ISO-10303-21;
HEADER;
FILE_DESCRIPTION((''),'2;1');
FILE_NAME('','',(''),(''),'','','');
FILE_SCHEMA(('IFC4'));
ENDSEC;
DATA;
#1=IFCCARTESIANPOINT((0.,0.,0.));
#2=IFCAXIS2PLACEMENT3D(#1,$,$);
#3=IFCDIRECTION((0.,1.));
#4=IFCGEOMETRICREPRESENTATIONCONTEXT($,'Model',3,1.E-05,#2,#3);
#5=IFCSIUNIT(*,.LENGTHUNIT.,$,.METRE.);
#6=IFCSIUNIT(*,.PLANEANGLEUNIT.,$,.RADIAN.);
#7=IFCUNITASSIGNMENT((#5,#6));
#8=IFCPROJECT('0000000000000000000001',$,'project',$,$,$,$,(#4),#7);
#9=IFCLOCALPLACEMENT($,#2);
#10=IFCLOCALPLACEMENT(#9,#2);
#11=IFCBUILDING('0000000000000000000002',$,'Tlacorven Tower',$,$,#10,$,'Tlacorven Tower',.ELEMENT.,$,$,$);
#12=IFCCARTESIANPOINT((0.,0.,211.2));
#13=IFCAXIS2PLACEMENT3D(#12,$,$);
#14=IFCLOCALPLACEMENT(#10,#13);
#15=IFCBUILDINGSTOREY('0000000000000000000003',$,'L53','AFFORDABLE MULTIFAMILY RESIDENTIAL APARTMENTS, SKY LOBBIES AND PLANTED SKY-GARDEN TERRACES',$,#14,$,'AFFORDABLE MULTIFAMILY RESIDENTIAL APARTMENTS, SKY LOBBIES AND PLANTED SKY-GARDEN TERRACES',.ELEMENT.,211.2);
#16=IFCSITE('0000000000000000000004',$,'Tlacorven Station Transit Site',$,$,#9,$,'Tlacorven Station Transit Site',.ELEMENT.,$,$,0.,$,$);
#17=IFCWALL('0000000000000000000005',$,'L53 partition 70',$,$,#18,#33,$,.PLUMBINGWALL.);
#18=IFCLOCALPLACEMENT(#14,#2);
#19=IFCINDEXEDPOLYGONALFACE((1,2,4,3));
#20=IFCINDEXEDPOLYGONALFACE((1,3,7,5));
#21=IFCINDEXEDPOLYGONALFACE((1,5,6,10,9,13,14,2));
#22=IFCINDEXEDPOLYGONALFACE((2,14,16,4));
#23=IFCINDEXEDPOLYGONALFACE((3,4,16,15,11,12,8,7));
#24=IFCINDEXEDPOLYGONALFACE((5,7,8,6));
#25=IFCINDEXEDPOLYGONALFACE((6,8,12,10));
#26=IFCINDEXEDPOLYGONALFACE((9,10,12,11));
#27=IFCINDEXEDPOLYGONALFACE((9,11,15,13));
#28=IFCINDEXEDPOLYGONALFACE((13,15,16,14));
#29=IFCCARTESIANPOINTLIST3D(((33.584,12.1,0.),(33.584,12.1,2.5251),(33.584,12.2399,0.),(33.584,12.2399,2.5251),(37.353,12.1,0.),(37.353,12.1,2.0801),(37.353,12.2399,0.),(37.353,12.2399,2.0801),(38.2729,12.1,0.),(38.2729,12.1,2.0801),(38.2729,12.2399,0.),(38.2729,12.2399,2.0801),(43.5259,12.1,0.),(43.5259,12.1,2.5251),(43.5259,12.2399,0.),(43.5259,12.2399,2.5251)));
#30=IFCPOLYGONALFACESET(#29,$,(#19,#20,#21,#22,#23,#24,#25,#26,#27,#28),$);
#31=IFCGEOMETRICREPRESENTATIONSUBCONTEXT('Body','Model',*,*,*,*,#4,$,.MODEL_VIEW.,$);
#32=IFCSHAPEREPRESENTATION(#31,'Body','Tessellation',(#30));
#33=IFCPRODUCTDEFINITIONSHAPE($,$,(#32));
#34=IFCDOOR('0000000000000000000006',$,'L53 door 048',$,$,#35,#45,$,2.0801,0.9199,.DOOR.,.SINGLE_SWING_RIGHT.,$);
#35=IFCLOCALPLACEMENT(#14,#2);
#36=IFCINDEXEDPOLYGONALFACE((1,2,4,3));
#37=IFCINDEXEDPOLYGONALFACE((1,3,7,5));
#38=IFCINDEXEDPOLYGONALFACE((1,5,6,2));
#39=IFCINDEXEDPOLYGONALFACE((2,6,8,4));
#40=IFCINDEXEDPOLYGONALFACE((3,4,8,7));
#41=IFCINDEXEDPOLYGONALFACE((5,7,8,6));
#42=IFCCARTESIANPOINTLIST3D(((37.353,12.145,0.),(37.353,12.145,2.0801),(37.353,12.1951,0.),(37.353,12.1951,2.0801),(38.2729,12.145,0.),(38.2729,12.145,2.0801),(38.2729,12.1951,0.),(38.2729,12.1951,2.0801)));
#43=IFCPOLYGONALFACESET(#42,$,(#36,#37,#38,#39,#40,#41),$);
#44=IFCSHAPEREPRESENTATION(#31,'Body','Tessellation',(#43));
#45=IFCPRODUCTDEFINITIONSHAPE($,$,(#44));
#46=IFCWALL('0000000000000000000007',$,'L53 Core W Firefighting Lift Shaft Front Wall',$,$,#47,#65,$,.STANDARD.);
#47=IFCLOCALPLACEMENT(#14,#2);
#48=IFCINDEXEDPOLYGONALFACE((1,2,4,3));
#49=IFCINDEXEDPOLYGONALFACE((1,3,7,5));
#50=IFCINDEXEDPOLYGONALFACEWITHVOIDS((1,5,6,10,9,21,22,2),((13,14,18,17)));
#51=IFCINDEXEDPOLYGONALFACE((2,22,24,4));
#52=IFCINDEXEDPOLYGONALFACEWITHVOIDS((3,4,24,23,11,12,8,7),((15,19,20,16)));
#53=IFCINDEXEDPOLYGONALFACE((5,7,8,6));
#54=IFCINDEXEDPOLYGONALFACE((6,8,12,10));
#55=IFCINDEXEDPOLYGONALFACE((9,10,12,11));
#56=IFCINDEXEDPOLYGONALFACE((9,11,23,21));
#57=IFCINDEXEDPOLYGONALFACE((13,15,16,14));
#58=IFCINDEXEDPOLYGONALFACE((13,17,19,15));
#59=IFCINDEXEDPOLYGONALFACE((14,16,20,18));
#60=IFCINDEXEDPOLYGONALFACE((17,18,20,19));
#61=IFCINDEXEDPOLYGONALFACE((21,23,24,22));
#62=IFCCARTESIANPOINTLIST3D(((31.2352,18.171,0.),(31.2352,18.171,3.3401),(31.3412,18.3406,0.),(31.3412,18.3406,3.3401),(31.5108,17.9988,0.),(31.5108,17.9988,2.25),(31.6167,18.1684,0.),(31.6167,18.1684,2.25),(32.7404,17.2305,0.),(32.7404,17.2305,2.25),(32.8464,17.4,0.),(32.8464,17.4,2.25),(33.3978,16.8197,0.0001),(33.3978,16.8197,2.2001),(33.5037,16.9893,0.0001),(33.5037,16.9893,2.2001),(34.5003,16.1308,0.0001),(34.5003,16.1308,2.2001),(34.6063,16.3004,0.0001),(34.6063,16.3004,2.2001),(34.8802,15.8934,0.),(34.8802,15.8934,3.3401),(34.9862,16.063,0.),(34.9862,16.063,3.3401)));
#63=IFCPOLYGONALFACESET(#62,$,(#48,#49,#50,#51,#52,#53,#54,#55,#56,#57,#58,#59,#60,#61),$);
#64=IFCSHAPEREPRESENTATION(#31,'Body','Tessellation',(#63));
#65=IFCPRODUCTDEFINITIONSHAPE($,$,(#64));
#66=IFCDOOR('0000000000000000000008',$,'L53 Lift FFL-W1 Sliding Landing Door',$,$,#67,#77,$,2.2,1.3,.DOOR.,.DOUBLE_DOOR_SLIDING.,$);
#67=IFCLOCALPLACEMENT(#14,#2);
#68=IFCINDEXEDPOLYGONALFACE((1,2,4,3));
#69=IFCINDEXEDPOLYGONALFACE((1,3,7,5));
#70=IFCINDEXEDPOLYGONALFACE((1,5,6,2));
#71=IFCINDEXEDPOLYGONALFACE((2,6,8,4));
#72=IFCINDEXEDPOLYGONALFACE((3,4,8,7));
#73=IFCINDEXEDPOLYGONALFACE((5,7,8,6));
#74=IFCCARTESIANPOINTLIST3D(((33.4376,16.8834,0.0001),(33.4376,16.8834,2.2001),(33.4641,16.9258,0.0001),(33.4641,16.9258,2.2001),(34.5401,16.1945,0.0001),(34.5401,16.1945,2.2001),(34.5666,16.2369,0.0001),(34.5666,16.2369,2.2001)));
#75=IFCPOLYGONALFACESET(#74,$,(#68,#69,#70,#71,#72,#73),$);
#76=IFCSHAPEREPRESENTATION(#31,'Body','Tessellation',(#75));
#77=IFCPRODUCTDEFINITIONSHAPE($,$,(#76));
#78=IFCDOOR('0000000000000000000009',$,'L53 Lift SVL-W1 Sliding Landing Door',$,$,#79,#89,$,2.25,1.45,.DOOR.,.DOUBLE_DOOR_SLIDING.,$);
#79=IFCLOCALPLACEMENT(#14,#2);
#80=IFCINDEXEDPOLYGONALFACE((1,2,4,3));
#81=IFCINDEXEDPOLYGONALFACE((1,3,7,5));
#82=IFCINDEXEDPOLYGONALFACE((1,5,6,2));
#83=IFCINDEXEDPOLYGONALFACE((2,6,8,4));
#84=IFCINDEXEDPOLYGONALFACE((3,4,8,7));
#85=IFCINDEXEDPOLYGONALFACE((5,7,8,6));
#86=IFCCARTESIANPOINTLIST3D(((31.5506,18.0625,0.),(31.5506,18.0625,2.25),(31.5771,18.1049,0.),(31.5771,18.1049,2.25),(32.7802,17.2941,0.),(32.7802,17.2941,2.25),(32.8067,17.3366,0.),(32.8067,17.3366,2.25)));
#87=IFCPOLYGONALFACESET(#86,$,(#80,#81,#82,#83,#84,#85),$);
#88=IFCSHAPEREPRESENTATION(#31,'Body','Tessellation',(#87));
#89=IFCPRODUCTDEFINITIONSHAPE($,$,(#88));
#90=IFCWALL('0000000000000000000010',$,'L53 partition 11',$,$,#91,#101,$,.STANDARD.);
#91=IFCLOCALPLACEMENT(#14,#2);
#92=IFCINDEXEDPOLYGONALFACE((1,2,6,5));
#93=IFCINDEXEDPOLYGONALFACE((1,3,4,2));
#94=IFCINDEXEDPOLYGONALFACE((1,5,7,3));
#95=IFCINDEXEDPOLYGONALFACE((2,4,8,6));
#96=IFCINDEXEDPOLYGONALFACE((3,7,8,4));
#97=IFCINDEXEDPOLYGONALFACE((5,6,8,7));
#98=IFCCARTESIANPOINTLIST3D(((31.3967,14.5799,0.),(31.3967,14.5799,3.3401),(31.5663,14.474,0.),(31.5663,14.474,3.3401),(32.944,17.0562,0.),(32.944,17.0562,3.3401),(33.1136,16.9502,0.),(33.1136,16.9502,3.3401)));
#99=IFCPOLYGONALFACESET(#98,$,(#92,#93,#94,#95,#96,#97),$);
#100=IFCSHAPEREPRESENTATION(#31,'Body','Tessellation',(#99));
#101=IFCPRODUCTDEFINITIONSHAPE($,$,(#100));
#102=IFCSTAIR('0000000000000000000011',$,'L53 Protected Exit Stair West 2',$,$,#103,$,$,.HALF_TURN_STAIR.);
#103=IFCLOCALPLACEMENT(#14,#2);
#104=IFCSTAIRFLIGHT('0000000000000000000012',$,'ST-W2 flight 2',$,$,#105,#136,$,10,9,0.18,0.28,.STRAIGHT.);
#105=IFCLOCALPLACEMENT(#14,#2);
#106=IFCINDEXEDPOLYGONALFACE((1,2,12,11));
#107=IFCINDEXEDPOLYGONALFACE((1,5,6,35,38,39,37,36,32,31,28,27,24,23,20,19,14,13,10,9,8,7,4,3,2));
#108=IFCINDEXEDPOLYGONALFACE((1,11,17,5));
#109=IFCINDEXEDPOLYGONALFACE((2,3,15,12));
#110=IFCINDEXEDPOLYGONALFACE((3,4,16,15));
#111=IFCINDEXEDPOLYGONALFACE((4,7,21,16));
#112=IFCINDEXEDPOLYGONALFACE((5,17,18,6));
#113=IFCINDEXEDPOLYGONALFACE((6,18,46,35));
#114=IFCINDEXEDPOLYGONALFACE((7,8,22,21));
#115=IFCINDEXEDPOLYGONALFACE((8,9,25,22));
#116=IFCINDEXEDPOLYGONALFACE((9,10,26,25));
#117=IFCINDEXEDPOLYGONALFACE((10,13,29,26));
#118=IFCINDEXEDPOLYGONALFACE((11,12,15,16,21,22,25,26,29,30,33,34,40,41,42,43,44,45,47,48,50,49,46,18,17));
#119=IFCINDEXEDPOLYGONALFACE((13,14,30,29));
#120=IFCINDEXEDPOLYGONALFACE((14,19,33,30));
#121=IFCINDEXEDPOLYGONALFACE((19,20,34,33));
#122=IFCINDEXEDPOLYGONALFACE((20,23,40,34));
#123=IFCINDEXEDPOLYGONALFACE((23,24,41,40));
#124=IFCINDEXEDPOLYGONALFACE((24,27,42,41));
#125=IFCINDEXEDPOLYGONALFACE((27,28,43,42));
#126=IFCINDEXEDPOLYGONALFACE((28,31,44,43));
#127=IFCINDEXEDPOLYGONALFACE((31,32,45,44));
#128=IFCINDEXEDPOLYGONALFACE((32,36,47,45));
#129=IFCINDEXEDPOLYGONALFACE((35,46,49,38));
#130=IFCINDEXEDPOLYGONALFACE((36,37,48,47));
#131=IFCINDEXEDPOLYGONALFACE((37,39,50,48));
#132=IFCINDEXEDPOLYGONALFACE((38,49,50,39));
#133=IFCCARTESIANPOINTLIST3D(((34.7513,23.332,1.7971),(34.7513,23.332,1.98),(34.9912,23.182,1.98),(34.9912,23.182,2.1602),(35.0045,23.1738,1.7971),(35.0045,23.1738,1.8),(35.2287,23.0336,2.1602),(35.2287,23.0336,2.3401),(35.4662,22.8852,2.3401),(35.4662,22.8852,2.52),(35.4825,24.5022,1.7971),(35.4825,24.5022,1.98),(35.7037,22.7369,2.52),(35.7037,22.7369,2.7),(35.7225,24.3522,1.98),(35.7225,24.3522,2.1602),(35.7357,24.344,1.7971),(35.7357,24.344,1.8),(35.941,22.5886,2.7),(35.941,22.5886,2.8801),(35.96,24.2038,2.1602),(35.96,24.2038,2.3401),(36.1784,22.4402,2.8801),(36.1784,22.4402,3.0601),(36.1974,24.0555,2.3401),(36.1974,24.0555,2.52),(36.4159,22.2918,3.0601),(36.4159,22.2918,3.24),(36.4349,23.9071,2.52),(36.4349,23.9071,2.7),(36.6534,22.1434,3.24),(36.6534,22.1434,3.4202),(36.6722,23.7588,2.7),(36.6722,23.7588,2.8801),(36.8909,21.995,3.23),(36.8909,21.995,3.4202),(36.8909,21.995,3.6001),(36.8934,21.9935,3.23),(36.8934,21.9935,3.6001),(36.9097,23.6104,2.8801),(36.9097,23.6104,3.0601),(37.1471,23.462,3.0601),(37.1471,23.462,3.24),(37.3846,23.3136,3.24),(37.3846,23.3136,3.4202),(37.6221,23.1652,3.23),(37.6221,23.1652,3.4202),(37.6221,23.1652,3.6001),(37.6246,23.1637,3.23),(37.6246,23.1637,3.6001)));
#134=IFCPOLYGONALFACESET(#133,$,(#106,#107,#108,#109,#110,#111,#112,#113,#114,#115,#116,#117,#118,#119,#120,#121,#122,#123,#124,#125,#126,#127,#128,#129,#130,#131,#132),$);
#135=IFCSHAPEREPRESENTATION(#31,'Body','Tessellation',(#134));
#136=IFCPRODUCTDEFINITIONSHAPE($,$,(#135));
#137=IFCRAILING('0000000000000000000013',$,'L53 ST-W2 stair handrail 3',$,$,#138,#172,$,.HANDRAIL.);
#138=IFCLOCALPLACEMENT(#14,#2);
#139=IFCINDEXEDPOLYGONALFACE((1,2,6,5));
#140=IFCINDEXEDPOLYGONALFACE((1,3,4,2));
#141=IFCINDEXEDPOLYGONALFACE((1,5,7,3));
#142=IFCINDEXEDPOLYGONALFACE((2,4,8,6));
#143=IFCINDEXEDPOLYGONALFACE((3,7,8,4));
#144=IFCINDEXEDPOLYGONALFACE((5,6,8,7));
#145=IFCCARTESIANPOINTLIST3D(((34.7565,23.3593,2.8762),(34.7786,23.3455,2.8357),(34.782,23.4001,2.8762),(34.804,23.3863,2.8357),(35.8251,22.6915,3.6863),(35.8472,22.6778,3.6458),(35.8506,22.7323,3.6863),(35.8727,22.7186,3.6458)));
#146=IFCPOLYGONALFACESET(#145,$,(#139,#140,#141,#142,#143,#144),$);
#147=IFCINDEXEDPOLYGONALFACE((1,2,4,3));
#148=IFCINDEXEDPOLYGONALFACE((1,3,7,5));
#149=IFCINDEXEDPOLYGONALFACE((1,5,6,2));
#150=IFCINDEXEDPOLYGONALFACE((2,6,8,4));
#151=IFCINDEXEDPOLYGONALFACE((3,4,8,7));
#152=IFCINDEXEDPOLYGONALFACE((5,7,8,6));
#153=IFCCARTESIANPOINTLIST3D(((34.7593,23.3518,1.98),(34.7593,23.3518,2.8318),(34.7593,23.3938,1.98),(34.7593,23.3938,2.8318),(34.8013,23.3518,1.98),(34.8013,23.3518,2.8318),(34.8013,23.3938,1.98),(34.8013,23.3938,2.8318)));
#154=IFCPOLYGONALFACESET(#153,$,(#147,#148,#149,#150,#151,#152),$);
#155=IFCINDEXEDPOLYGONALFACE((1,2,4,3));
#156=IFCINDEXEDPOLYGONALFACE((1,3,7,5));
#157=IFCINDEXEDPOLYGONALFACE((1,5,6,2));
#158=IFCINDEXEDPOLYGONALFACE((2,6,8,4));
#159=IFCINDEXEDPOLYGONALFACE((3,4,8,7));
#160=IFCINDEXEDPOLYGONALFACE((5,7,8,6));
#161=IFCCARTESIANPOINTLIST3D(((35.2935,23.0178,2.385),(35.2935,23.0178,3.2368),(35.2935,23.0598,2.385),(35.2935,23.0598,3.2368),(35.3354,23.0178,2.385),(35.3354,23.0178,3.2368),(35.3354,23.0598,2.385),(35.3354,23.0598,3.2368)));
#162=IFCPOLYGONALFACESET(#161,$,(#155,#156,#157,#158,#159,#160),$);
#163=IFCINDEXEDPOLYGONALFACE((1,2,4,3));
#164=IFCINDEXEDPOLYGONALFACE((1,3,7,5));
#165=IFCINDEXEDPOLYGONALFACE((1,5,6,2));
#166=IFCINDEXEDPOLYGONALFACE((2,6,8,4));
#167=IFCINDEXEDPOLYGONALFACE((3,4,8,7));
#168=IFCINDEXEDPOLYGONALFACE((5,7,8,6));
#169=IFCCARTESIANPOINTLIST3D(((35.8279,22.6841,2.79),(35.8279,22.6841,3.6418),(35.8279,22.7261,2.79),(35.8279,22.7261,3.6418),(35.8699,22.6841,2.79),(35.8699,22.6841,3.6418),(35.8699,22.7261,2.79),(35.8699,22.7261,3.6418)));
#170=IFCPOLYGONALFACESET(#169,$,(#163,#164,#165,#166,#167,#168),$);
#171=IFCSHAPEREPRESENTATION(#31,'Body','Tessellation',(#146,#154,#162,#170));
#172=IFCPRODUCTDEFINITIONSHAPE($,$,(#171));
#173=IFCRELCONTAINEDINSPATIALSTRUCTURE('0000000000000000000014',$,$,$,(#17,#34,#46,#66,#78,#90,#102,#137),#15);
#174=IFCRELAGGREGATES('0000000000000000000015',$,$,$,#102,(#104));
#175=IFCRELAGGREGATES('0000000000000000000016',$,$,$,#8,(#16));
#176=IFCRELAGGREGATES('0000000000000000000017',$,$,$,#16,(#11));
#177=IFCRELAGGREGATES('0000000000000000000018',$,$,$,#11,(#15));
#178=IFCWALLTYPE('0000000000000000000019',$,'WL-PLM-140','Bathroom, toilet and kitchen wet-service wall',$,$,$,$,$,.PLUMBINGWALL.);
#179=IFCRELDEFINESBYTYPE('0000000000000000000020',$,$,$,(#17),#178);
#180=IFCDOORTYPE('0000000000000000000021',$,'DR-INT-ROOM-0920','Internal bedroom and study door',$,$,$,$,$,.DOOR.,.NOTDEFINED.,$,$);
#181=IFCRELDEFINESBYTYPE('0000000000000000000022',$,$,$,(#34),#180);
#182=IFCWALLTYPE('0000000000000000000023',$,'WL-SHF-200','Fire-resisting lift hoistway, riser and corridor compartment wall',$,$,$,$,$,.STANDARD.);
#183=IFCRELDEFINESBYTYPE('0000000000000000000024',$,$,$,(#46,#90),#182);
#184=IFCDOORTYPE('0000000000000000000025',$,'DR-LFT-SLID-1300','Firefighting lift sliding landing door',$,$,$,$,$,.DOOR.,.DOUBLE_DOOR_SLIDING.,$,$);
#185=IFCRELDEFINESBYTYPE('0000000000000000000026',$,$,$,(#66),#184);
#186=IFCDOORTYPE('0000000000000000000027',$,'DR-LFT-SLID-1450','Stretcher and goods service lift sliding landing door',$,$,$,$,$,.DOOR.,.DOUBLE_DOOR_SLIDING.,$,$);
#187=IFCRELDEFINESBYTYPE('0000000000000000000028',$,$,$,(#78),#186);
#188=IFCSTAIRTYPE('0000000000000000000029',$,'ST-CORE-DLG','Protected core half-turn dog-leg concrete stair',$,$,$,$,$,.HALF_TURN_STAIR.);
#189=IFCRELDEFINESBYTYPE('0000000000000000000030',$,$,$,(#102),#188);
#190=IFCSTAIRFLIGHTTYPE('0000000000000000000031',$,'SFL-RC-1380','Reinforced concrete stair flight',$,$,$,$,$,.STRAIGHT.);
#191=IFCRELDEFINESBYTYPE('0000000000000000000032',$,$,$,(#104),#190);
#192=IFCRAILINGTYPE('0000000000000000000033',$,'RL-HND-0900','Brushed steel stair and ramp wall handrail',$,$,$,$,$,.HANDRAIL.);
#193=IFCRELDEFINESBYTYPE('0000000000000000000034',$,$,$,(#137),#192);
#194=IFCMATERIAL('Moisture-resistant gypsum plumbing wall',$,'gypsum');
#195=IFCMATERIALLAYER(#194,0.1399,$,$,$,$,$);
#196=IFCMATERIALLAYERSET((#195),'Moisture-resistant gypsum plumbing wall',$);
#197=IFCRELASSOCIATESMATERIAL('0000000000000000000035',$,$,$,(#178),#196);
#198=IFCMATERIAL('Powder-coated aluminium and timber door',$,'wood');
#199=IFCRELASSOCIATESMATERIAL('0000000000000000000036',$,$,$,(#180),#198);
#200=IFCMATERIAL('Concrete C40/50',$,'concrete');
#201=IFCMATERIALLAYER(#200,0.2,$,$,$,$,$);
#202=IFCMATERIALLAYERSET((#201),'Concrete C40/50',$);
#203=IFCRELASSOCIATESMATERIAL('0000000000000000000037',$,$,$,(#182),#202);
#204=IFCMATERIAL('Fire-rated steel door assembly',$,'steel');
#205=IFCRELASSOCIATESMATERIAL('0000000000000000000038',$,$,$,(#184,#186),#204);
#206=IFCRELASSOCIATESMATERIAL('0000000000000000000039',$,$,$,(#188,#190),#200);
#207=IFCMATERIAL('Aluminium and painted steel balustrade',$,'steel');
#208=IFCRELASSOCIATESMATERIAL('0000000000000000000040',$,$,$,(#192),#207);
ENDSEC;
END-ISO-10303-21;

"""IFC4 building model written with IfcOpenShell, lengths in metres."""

from ifc_helpers import new_model, si_unit, direction, frame, frame_2d, origin, origin_2d, place, context, subcontext, project, spatial, polyline, rectangle, outline, extrude, source, transform, mapped, material, layer, layer_set, type_object, element, fill, aggregate, save


model = new_model("IFC4")

# Units and contexts
model_context = context("Model", 3, precision=1e-05, world=origin(), true_north=direction((0.0, 1.0)))
body_context = subcontext(model_context, "Body", "Model", "MODEL_VIEW")
ifc_project = project(units=[si_unit("LENGTHUNIT", "METRE"), si_unit("PLANEANGLEUNIT", "RADIAN")], contexts=[model_context])

# Site, building, storey
site_placement = place(None, origin())
site = spatial("IfcSite", under=ifc_project, at=site_placement, Name="Tlacorven Station Transit Site", LongName="Tlacorven Station Transit Site", CompositionType="ELEMENT", RefElevation=0.0)
building_placement = place(site_placement, origin())
building = spatial("IfcBuilding", under=site, at=building_placement, Name="Tlacorven Tower", LongName="Tlacorven Tower", CompositionType="ELEMENT")
storey_placement = place(building_placement, frame((0.0, 0.0, 211.2)))
storey = spatial("IfcBuildingStorey", under=building, at=storey_placement, Name="L53", Description="AFFORDABLE MULTIFAMILY RESIDENTIAL APARTMENTS, SKY LOBBIES AND PLANTED SKY-GARDEN TERRACES", LongName="AFFORDABLE MULTIFAMILY RESIDENTIAL APARTMENTS, SKY LOBBIES AND PLANTED SKY-GARDEN TERRACES", CompositionType="ELEMENT", Elevation=211.2)

# Shared definitions
ifc_material_1 = material(Name="Powder-coated aluminium and timber door", Category="wood")

# Wall, opening, door
ifc_material_2 = material(Name="Moisture-resistant gypsum plumbing wall", Category="gypsum")
ifc_layer_1 = layer(ifc_material_2, 0.1399)
ifc_layer_set_1 = layer_set([ifc_layer_1], Name="Moisture-resistant gypsum plumbing wall")
wall_type_1 = type_object("IfcWallType", Name="WL-PLM-140", Description="Bathroom, toilet and kitchen wet-service wall", PredefinedType="PLUMBINGWALL", material=ifc_layer_set_1)
wall_1_placement = place(storey_placement, frame((33.584, 12.1699, 0.0), z_axis=(0.0, 0.0, 1.0), x_axis=(1.0, 0.0, 0.0)))
wall_1 = element("IfcWall", 1, at=wall_1_placement, inside=storey, type_object=wall_type_1, Name="L53 partition 70", PredefinedType="PLUMBINGWALL", context=body_context, shape_type="SweptSolid", body=[
    extrude(rectangle(XDim=9.9419, YDim=0.1399, at=frame_2d((4.9709, 0.0))), origin(), (0.0, 0.0, 1.0), 2.5251),
])
opening_1_placement = place(wall_1_placement, frame((3.769, 0.0, 0.0)))
opening_1 = element("IfcOpeningElement", 2, at=opening_1_placement, cuts=wall_1, PredefinedType="OPENING", context=body_context, shape_type="SweptSolid", body=[
    extrude(rectangle(XDim=0.9199, YDim=2.0801, at=frame_2d((0.46, 1.04))), frame((0.0, 0.0801, 0.0), z_axis=(0.0, -1.0, 0.0), x_axis=(1.0, 0.0, 0.0)), (0.0, 0.0, 1.0), 0.1599),
])
door_type_1 = type_object("IfcDoorType", Name="DR-INT-ROOM-0920", Description="Internal bedroom and study door", OperationType="NOTDEFINED", PredefinedType="DOOR", material=ifc_material_1)
shared_shape_1 = source(origin(), body_context, "Body", "SweptSolid", [
    extrude(rectangle(XDim=0.9199, YDim=2.0801, at=frame_2d((0.46, 1.04))), frame((0.0, 0.0249, 0.0), z_axis=(0.0, -1.0, 0.0), x_axis=(1.0, 0.0, 0.0)), (0.0, 0.0, 1.0), 0.05),
])
door_1_placement = place(opening_1_placement, frame((0.9199, 0.0, 0.0), z_axis=(0.0, 0.0, 1.0), x_axis=(-1.0, 0.0, 0.0)))
door_1 = element("IfcDoor", 3, at=door_1_placement, inside=storey, type_object=door_type_1, Name="L53 door 048", OperationType="SINGLE_SWING_RIGHT", OverallHeight=2.0801, OverallWidth=0.9199, PredefinedType="DOOR", context=body_context, shape_type="MappedRepresentation", body=[
    mapped(shared_shape_1, transform((0.0, 0.0, 0.0), scale=1.0)),
])
fill(opening_1, door_1)

# Wall, openings, doors
ifc_material_3 = material(Name="Concrete C40/50", Category="concrete")
ifc_layer_2 = layer(ifc_material_3, 0.2)
ifc_layer_set_2 = layer_set([ifc_layer_2], Name="Concrete C40/50")
wall_type_2 = type_object("IfcWallType", Name="WL-SHF-200", Description="Fire-resisting lift hoistway, riser and corridor compartment wall", PredefinedType="STANDARD", material=ifc_layer_set_2)
wall_2_placement = place(storey_placement, frame((34.9331, 15.9783, 0.0), z_axis=(0.0, 0.0, 1.0), x_axis=(-0.848056, 0.529907, 0.0)))
wall_2 = element("IfcWall", 4, at=wall_2_placement, inside=storey, type_object=wall_type_2, Name="L53 Core W Firefighting Lift Shaft Front Wall", PredefinedType="STANDARD", context=body_context, shape_type="SweptSolid", body=[
    extrude(rectangle(XDim=4.2981, YDim=0.2, at=frame_2d((2.1489, 0.0))), origin(), (0.0, 0.0, 1.0), 3.3401),
])
opening_2_placement = place(wall_2_placement, frame((0.448, 0.0, 0.0)))
opening_2 = element("IfcOpeningElement", 5, at=opening_2_placement, cuts=wall_2, PredefinedType="OPENING", context=body_context, shape_type="SweptSolid", body=[
    extrude(rectangle(XDim=1.3, YDim=2.2, at=frame_2d((0.6499, 1.1001))), frame((0.0, 0.1099, 0.0), z_axis=(0.0, -1.0, 0.0), x_axis=(1.0, 0.0, 0.0)), (0.0, 0.0, 1.0), 0.22),
])
opening_3_placement = place(wall_2_placement, frame((2.5229, 0.0, 0.0)))
opening_3 = element("IfcOpeningElement", 6, at=opening_3_placement, cuts=wall_2, PredefinedType="OPENING", context=body_context, shape_type="SweptSolid", body=[
    extrude(rectangle(XDim=1.45, YDim=2.25, at=frame_2d((0.7251, 1.125))), frame((0.0, 0.1099, 0.0), z_axis=(0.0, -1.0, 0.0), x_axis=(1.0, 0.0, 0.0)), (0.0, 0.0, 1.0), 0.22),
])
ifc_material_4 = material(Name="Fire-rated steel door assembly", Category="steel")
door_type_2 = type_object("IfcDoorType", Name="DR-LFT-SLID-1300", Description="Firefighting lift sliding landing door", OperationType="DOUBLE_DOOR_SLIDING", PredefinedType="DOOR", material=ifc_material_4)
shared_shape_2 = source(origin(), body_context, "Body", "SweptSolid", [
    extrude(rectangle(XDim=1.3, YDim=2.2, at=frame_2d((0.6499, 1.1001))), frame((0.0, 0.0249, 0.0), z_axis=(0.0, -1.0, 0.0), x_axis=(1.0, 0.0, 0.0)), (0.0, 0.0, 1.0), 0.05),
])
door_2_placement = place(opening_2_placement, origin())
door_2 = element("IfcDoor", 7, at=door_2_placement, inside=storey, type_object=door_type_2, Name="L53 Lift FFL-W1 Sliding Landing Door", OperationType="DOUBLE_DOOR_SLIDING", OverallHeight=2.2, OverallWidth=1.3, PredefinedType="DOOR", context=body_context, shape_type="MappedRepresentation", body=[
    mapped(shared_shape_2, transform((0.0, 0.0, 0.0), scale=1.0)),
])
fill(opening_2, door_2)
door_type_3 = type_object("IfcDoorType", Name="DR-LFT-SLID-1450", Description="Stretcher and goods service lift sliding landing door", OperationType="DOUBLE_DOOR_SLIDING", PredefinedType="DOOR", material=ifc_material_4)
shared_shape_3 = source(origin(), body_context, "Body", "SweptSolid", [
    extrude(rectangle(XDim=1.45, YDim=2.25, at=frame_2d((0.7251, 1.125))), frame((0.0, 0.0249, 0.0), z_axis=(0.0, -1.0, 0.0), x_axis=(1.0, 0.0, 0.0)), (0.0, 0.0, 1.0), 0.05),
])
door_3_placement = place(opening_3_placement, origin())
door_3 = element("IfcDoor", 8, at=door_3_placement, inside=storey, type_object=door_type_3, Name="L53 Lift SVL-W1 Sliding Landing Door", OperationType="DOUBLE_DOOR_SLIDING", OverallHeight=2.25, OverallWidth=1.45, PredefinedType="DOOR", context=body_context, shape_type="MappedRepresentation", body=[
    mapped(shared_shape_3, transform((0.0, 0.0, 0.0), scale=1.0)),
])
fill(opening_3, door_3)

# Wall
wall_3_placement = place(storey_placement, frame((33.0288, 17.0032, 0.0), z_axis=(0.0, 0.0, 1.0), x_axis=(-0.529916, -0.84805, 0.0)))
element("IfcWall", 9, at=wall_3_placement, inside=storey, type_object=wall_type_2, Name="L53 partition 11", PredefinedType="STANDARD", context=body_context, shape_type="SweptSolid", body=[
    extrude(rectangle(XDim=2.9199, YDim=0.2, at=frame_2d((1.46, 0.0))), origin(), (0.0, 0.0, 1.0), 3.3401),
])

# Stair, stair flight
stair_type = type_object("IfcStairType", Name="ST-CORE-DLG", Description="Protected core half-turn dog-leg concrete stair", PredefinedType="HALF_TURN_STAIR", material=ifc_material_3)
stair_placement = place(storey_placement, origin())
stair = element("IfcStair", 10, at=stair_placement, inside=storey, type_object=stair_type, Name="L53 Protected Exit Stair West 2", PredefinedType="HALF_TURN_STAIR")
stair_flight_type = type_object("IfcStairFlightType", Name="SFL-RC-1380", Description="Reinforced concrete stair flight", PredefinedType="STRAIGHT", material=ifc_material_3)
shared_shape_4 = source(origin(), body_context, "Body", "SweptSolid", [
    extrude(outline(polyline([(-0.0029, -0.0029), (-0.0029, 0.1799), (0.28, 0.1799), (0.28, 0.3601), (0.5601, 0.3601), (0.5601, 0.54), (0.8401, 0.54), (0.8401, 0.72), (1.1201, 0.72), (1.1201, 0.8999), (1.3999, 0.8999), (1.3999, 1.0801), (1.6799, 1.0801), (1.6799, 1.26), (1.96, 1.26), (1.96, 1.4399), (2.24, 1.4399), (2.24, 1.6201), (2.52, 1.6201), (2.52, 1.8), (2.5229, 1.8), (2.5229, 1.4299), (2.52, 1.4299), (0.2957, 0.0), (0.2957, -0.0029), (-0.0029, -0.0029)])), frame((0.0, 0.6899, 0.0), z_axis=(0.0, -1.0, 0.0), x_axis=(1.0, 0.0, 0.0)), (0.0, 0.0, 1.0), 1.3799),
])
stair_flight_placement = place(storey_placement, frame((35.1194, 23.9155, 1.8), z_axis=(0.0, 0.0, 1.0), x_axis=(0.848048, -0.529919, 0.0)))
stair_flight = element("IfcStairFlight", 11, at=stair_flight_placement, type_object=stair_flight_type, Name="ST-W2 flight 2", NumberOfRisers=10, NumberOfTreads=9, PredefinedType="STRAIGHT", RiserHeight=0.18, TreadLength=0.28, context=body_context, shape_type="MappedRepresentation", body=[
    mapped(shared_shape_4, transform((0.0, 0.0, 0.0), scale=1.0)),
])
aggregate(stair, [stair_flight])

# Railing
ifc_material_5 = material(Name="Aluminium and painted steel balustrade", Category="steel")
railing_type = type_object("IfcRailingType", Name="RL-HND-0900", Description="Brushed steel stair and ramp wall handrail", PredefinedType="HANDRAIL", material=ifc_material_5)
shared_shape_5 = source(origin(), body_context, "Body", "SweptSolid", [
    extrude(rectangle(XDim=0.0481, YDim=0.0481, at=origin_2d()), frame((0.0, 0.0, 0.876), z_axis=(0.71336, -0.445748, 0.540765), x_axis=(0.529912, 0.848053, 0.0)), (0.0, 0.0, 1.0), 1.498),
    extrude(rectangle(XDim=0.042, YDim=0.042, at=origin_2d()), origin(), (0.0, 0.0, 1.0), 0.8518),
    extrude(rectangle(XDim=0.042, YDim=0.042, at=origin_2d()), frame((0.5342, -0.334, 0.405)), (0.0, 0.0, 1.0), 0.8518),
    extrude(rectangle(XDim=0.042, YDim=0.042, at=origin_2d()), frame((1.0686, -0.6677, 0.8101)), (0.0, 0.0, 1.0), 0.8518),
])
railing_placement = place(storey_placement, frame((34.7803, 23.3728, 1.98)))
element("IfcRailing", 12, at=railing_placement, inside=storey, type_object=railing_type, Name="L53 ST-W2 stair handrail 3", PredefinedType="HANDRAIL", context=body_context, shape_type="MappedRepresentation", body=[
    mapped(shared_shape_5, transform((0.0, 0.0, 0.0), scale=1.0)),
])

save(model, "model.ifc")
